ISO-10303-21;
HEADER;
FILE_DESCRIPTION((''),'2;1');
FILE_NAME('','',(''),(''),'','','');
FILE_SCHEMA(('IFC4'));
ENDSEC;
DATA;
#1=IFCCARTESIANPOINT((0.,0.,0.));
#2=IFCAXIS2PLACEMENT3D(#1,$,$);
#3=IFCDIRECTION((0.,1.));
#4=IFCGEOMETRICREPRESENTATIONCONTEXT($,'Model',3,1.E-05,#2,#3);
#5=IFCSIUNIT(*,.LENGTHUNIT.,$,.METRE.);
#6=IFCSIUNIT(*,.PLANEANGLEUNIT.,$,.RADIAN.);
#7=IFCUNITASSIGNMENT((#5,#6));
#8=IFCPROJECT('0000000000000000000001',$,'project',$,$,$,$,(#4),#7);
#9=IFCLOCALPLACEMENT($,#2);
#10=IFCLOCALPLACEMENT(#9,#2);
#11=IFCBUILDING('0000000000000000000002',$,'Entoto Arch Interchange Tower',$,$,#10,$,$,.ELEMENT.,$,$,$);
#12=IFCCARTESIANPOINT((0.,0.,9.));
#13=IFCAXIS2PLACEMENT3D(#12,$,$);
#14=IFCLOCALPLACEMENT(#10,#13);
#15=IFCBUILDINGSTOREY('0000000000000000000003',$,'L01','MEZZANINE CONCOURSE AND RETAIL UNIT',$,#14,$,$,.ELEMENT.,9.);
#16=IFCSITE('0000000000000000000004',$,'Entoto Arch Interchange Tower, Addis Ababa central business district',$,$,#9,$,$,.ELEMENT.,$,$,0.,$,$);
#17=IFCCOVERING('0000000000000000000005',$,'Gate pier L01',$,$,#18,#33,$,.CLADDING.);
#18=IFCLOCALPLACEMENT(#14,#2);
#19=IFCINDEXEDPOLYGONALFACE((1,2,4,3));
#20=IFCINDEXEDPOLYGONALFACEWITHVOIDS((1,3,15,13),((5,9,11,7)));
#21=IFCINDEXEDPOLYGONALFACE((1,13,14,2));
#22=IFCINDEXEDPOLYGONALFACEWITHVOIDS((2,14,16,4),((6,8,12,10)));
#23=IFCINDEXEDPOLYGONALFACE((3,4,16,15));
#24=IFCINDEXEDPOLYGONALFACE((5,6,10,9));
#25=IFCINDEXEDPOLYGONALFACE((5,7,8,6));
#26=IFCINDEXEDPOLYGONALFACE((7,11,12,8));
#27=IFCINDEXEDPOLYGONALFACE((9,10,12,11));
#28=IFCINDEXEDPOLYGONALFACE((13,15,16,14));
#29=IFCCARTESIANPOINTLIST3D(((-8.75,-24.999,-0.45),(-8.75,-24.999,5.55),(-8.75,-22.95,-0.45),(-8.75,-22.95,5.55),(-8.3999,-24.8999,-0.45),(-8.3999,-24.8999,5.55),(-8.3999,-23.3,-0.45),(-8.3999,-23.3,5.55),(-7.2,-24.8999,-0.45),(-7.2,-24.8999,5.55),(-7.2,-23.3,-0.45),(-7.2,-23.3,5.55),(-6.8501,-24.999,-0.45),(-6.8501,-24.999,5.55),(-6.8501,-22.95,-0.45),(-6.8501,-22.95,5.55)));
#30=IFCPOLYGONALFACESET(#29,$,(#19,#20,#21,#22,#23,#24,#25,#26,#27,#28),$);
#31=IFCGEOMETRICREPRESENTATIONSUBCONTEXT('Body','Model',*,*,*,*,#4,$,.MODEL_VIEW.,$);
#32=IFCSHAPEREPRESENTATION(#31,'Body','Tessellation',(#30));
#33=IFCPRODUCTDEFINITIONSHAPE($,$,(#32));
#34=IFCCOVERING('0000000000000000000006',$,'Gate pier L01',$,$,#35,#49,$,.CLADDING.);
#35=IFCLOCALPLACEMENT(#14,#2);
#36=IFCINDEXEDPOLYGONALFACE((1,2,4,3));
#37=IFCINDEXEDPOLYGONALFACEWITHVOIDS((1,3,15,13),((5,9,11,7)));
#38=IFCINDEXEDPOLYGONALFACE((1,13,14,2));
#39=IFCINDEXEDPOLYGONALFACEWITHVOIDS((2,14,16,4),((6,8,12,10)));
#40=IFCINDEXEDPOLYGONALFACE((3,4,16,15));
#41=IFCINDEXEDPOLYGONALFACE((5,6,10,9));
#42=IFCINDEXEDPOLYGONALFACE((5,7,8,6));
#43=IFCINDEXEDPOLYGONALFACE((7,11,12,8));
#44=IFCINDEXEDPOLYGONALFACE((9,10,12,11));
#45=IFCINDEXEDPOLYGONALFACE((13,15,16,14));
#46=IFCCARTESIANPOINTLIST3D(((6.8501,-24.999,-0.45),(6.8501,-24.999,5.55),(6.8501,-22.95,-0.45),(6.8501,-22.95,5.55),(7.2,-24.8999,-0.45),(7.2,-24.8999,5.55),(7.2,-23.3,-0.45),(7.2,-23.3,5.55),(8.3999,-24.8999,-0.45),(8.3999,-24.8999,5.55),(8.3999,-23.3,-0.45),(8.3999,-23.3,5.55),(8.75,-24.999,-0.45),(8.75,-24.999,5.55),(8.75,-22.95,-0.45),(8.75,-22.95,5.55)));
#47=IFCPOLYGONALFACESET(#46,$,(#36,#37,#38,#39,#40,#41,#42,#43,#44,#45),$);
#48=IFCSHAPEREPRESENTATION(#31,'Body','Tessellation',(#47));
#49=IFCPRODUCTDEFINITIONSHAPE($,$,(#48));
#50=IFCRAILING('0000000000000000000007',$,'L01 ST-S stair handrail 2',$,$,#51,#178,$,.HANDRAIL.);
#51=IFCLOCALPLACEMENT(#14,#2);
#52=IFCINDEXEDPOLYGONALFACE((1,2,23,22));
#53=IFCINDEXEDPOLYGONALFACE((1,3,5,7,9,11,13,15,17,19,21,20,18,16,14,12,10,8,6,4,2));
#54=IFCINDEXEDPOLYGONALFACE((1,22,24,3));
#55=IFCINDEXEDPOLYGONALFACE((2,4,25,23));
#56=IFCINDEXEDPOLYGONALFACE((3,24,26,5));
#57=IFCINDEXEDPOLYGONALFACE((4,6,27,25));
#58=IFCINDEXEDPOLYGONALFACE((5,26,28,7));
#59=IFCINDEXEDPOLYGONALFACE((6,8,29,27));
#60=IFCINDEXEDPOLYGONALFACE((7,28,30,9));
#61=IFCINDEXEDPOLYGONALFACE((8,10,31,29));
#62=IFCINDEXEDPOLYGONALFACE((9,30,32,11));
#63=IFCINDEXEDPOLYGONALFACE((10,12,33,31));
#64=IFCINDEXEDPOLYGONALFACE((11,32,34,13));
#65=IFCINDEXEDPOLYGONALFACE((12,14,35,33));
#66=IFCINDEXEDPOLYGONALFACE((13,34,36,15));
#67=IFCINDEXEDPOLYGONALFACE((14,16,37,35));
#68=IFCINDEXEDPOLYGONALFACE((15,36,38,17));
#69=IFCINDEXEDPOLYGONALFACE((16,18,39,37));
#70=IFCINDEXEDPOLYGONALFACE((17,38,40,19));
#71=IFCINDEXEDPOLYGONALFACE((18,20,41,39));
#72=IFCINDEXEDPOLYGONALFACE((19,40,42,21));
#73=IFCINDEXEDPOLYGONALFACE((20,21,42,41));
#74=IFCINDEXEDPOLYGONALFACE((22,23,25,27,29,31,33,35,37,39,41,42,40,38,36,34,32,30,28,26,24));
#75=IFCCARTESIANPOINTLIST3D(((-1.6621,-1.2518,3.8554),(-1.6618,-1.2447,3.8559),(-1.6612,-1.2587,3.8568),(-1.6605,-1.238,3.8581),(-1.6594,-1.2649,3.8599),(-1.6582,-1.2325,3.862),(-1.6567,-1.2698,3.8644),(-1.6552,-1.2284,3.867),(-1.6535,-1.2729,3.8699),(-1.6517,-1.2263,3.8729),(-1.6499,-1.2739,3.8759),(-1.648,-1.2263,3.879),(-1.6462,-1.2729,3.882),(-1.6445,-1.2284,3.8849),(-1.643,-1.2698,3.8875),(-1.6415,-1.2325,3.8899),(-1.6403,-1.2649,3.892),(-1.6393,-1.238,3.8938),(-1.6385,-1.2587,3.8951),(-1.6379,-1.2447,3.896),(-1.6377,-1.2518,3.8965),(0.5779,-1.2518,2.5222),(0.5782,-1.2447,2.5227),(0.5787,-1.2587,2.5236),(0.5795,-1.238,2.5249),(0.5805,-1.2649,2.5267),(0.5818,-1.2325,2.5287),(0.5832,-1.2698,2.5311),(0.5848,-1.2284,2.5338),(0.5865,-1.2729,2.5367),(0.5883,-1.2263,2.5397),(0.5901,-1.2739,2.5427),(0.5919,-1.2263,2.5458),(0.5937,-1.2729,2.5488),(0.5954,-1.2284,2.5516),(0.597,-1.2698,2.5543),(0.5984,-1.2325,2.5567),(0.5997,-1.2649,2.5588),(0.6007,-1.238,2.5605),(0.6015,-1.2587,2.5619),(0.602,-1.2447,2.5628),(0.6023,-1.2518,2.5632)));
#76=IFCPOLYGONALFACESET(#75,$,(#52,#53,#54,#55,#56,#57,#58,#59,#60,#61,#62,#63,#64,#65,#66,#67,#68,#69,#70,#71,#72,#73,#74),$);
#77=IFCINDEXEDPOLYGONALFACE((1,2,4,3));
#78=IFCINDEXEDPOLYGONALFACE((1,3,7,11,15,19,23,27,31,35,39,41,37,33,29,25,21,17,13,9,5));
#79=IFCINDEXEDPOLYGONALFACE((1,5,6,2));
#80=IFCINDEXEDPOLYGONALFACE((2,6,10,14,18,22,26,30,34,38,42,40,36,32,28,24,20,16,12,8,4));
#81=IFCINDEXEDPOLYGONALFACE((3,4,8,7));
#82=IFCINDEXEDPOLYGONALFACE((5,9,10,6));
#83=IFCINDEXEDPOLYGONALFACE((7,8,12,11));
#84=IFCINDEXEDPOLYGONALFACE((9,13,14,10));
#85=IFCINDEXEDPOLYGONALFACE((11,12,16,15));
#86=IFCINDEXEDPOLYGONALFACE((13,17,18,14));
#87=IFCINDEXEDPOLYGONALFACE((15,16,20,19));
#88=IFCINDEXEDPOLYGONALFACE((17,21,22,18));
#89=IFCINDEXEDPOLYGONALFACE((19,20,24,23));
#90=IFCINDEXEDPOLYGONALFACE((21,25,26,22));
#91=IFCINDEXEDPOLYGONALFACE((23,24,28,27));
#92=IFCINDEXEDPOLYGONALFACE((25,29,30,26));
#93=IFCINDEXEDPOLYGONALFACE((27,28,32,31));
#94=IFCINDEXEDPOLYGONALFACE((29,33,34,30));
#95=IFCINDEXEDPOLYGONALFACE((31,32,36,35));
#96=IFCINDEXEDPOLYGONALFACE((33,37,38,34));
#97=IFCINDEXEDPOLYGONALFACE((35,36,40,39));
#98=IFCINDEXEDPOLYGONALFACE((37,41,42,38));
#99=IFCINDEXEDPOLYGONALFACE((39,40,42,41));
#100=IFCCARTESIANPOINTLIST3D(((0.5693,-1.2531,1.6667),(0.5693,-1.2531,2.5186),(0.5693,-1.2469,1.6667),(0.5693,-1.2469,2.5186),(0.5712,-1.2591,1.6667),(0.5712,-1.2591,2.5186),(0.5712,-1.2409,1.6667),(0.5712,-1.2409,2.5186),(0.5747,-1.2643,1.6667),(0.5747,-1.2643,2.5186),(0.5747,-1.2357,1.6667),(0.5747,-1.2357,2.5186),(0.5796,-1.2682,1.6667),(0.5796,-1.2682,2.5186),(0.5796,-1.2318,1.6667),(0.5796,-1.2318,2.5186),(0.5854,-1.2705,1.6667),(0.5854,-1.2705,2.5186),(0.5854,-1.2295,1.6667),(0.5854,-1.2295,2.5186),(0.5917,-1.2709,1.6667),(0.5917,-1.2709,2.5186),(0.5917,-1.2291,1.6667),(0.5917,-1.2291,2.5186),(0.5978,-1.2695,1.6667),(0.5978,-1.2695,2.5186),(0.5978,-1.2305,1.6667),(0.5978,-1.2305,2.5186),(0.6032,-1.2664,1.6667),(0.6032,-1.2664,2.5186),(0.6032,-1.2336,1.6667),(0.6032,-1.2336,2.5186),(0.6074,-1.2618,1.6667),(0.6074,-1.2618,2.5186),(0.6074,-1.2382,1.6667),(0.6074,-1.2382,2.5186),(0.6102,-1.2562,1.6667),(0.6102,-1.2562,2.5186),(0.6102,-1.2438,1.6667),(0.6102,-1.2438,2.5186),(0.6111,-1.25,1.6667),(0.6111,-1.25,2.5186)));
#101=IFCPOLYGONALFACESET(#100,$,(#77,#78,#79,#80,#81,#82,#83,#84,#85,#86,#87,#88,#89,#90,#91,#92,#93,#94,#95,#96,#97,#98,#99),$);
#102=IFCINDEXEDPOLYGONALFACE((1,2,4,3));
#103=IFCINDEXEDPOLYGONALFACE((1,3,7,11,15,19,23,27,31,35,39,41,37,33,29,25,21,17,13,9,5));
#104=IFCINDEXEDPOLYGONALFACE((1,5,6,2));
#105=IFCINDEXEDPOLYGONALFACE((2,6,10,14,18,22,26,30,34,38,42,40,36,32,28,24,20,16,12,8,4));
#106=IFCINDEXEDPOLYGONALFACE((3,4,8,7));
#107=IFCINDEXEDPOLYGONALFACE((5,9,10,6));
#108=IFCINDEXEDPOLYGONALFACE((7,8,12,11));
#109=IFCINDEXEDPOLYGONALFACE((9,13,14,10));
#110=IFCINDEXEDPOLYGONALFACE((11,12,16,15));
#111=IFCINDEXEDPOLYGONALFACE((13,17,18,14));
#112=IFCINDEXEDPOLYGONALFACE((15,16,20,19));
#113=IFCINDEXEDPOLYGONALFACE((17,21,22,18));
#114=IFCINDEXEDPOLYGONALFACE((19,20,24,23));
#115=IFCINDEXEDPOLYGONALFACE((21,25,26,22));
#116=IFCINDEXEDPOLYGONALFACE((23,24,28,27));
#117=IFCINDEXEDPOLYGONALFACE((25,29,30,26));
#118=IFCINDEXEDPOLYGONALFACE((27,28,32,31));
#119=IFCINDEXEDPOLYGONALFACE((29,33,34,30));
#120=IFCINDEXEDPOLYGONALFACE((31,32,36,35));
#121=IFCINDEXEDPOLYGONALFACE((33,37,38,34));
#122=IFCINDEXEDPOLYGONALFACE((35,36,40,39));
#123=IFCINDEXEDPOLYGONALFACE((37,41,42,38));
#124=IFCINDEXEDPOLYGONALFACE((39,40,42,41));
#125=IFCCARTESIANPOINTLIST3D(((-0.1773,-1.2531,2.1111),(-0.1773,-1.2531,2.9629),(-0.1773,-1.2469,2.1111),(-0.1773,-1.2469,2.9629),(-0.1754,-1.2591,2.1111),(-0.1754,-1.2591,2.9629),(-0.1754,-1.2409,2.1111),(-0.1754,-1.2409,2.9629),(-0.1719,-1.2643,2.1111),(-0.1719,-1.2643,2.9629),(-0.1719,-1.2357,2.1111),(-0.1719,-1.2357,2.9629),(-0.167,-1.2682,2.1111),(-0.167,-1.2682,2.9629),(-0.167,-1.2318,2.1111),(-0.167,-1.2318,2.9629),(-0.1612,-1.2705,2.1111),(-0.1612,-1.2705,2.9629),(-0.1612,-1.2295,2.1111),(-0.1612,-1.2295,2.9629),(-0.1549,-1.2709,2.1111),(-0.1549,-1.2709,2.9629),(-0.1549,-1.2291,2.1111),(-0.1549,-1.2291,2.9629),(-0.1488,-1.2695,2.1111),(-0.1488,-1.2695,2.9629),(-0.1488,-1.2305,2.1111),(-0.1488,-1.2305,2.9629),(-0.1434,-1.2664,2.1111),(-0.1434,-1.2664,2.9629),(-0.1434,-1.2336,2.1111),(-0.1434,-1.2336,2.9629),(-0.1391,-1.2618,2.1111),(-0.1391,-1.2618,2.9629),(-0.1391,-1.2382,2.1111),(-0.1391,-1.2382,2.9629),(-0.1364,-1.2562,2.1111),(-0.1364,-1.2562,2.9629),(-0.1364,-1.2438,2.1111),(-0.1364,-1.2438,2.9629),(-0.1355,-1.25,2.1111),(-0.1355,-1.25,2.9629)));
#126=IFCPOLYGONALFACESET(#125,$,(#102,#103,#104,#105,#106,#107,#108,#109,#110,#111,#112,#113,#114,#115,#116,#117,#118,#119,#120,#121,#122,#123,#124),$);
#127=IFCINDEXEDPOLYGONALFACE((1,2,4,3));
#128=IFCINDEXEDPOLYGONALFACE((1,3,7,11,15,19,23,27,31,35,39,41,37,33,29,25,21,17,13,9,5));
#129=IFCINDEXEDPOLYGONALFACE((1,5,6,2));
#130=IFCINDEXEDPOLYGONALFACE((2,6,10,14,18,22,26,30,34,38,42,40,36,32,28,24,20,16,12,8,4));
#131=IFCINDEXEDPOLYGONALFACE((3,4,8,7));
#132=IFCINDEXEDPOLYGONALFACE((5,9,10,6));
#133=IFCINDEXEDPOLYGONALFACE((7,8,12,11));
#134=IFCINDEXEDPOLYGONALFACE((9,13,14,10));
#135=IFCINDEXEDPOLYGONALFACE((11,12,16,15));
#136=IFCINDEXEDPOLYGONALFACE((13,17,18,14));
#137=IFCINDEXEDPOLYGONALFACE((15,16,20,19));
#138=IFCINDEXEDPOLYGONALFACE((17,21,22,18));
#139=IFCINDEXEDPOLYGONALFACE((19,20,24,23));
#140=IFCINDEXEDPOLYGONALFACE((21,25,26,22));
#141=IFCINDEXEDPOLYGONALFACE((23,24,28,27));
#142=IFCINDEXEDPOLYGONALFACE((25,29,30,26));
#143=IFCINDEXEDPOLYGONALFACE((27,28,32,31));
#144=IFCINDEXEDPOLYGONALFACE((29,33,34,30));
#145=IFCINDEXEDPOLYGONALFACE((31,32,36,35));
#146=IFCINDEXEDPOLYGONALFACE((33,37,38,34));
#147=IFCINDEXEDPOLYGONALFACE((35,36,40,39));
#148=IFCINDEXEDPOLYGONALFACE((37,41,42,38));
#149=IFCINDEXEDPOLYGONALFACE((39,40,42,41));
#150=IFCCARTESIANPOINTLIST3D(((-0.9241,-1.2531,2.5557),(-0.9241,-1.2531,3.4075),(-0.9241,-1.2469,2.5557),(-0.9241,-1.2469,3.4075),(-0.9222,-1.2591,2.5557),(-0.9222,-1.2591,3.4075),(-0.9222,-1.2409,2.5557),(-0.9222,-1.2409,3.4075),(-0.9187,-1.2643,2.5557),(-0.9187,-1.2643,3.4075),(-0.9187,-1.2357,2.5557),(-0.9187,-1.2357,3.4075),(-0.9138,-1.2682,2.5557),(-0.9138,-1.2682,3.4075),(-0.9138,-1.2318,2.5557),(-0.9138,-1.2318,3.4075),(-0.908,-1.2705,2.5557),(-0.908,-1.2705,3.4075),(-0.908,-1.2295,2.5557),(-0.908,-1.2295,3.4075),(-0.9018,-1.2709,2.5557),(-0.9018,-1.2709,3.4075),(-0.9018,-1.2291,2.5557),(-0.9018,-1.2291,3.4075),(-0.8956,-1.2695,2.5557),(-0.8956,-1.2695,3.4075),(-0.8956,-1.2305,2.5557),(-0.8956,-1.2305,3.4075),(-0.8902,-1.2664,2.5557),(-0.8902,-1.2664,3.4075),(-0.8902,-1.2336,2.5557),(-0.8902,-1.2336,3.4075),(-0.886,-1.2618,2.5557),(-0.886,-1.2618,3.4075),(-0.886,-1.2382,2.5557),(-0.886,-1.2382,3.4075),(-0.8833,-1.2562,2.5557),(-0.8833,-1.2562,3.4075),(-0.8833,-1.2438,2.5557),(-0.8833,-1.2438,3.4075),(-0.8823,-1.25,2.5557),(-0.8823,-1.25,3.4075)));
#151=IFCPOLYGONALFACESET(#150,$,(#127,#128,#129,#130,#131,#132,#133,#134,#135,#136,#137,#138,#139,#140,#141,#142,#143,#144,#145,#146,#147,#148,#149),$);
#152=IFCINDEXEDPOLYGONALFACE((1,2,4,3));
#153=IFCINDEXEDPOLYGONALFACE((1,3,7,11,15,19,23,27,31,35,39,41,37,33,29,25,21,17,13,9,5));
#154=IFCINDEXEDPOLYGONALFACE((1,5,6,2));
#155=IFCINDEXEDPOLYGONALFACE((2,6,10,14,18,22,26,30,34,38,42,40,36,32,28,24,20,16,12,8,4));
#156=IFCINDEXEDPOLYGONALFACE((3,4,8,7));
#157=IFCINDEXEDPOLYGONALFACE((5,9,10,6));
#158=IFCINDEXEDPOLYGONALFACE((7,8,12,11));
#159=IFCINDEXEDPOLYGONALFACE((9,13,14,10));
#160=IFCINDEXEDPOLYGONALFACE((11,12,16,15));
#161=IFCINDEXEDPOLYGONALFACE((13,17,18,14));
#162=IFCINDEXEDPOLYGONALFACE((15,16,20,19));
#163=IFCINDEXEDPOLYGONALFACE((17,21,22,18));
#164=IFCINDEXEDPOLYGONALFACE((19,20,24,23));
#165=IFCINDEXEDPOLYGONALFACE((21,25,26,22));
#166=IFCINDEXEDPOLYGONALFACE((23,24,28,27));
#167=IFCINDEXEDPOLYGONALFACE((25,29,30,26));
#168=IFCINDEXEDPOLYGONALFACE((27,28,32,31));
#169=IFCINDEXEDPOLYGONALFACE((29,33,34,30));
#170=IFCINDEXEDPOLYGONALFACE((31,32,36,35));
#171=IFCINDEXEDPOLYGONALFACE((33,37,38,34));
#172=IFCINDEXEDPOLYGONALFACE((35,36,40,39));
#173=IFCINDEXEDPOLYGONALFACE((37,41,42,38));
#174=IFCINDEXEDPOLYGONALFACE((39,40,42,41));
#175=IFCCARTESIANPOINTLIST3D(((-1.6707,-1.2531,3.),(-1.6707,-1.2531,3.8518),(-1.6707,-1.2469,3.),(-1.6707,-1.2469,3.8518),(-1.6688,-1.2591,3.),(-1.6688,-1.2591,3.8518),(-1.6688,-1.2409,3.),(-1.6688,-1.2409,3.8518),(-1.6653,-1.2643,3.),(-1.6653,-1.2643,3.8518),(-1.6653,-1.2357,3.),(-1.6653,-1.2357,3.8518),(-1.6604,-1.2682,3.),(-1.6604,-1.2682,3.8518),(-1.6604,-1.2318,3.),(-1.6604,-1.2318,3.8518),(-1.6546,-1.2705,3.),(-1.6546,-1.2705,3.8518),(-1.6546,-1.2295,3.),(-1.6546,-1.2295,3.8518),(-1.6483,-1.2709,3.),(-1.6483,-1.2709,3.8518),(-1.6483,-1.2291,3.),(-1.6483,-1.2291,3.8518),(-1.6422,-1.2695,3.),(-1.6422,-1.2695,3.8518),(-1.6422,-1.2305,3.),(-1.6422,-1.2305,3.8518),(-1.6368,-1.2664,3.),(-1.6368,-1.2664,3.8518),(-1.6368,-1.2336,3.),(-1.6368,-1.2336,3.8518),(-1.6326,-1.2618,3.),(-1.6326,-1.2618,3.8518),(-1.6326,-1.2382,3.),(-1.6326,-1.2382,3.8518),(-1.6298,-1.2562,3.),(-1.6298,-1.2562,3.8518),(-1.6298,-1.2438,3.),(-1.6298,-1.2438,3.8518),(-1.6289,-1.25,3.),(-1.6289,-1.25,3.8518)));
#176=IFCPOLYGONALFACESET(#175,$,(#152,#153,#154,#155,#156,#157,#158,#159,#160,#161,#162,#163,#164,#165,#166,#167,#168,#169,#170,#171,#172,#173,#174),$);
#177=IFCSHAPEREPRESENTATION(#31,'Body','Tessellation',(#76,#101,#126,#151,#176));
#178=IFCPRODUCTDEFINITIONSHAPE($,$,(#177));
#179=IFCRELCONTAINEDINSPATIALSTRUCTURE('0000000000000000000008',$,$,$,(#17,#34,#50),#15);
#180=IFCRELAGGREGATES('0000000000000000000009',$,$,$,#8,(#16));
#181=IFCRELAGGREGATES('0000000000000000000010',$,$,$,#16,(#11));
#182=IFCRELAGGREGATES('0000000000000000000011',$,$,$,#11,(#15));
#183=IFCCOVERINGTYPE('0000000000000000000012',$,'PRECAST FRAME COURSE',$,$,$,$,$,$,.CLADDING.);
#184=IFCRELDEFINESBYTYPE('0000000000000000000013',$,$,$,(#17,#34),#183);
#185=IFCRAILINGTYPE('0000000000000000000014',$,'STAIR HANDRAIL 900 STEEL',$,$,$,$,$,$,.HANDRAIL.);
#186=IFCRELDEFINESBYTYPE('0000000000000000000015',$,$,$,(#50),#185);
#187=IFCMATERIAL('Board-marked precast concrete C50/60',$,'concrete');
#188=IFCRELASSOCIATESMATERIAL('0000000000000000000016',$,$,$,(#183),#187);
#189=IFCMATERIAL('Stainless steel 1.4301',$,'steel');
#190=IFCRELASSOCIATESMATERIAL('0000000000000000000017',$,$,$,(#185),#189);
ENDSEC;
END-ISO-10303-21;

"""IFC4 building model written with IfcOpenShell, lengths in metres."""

from ifc_helpers import new_model, si_unit, direction, frame, origin, origin_2d, place, context, subcontext, project, spatial, polyline, circle, outline, extrude, material, type_object, element, save


model = new_model("IFC4")

# Units and contexts
model_context = context("Model", 3, precision=1e-05, world=origin(), true_north=direction((0.0, 1.0)))
body_context = subcontext(model_context, "Body", "Model", "MODEL_VIEW")
ifc_project = project(units=[si_unit("LENGTHUNIT", "METRE"), si_unit("PLANEANGLEUNIT", "RADIAN")], contexts=[model_context])

# Site, building, storey
site_placement = place(None, origin())
site = spatial("IfcSite", under=ifc_project, at=site_placement, Name="Entoto Arch Interchange Tower, Addis Ababa central business district", CompositionType="ELEMENT", RefElevation=0.0)
building_placement = place(site_placement, origin())
building = spatial("IfcBuilding", under=site, at=building_placement, Name="Entoto Arch Interchange Tower", CompositionType="ELEMENT")
storey_placement = place(building_placement, frame((0.0, 0.0, 9.0)))
storey = spatial("IfcBuildingStorey", under=building, at=storey_placement, Name="L01", Description="MEZZANINE CONCOURSE AND RETAIL UNIT", CompositionType="ELEMENT", Elevation=9.0)

# Coverings
ifc_material_1 = material(Name="Board-marked precast concrete C50/60", Category="concrete")
covering_type = type_object("IfcCoveringType", Name="PRECAST FRAME COURSE", PredefinedType="CLADDING", material=ifc_material_1)
covering_1_placement = place(storey_placement, frame((0.0, 0.0, -0.45)))
element("IfcCovering", 1, at=covering_1_placement, inside=storey, type_object=covering_type, Name="Gate pier L01", PredefinedType="CLADDING", context=body_context, shape_type="SweptSolid", body=[
    extrude(outline(polyline([(-8.75, -22.95), (-6.8501, -22.95), (-6.8501, -24.999), (-8.75, -24.999), (-8.75, -22.95)]), holes=[polyline([(-8.3999, -23.3), (-8.3999, -24.8999), (-7.2, -24.8999), (-7.2, -23.3), (-8.3999, -23.3)])]), origin(), (0.0, 0.0, 1.0), 6.0),
])
covering_2_placement = place(storey_placement, frame((0.0, 0.0, -0.45)))
element("IfcCovering", 2, at=covering_2_placement, inside=storey, type_object=covering_type, Name="Gate pier L01", PredefinedType="CLADDING", context=body_context, shape_type="SweptSolid", body=[
    extrude(outline(polyline([(6.8501, -22.95), (8.75, -22.95), (8.75, -24.999), (6.8501, -24.999), (6.8501, -22.95)]), holes=[polyline([(7.2, -23.3), (7.2, -24.8999), (8.3999, -24.8999), (8.3999, -23.3), (7.2, -23.3)])]), origin(), (0.0, 0.0, 1.0), 6.0),
])

# Railing
ifc_material_2 = material(Name="Stainless steel 1.4301", Category="steel")
railing_type = type_object("IfcRailingType", Name="STAIR HANDRAIL 900 STEEL", PredefinedType="HANDRAIL", material=ifc_material_2)
for number, where, name in (
    (3, (0.5901, -1.25, 1.6667), "L01 ST-S stair handrail 2"),
):
    element("IfcRailing", number, at=place(storey_placement, frame(where)), inside=storey, type_object=railing_type, Name=name, PredefinedType="HANDRAIL", context=body_context, shape_type="SweptSolid", body=[
        extrude(circle(Radius=0.0239, at=origin_2d()), frame((0.0, 0.0, 0.876), z_axis=(-0.859306, 0.0, 0.511462), x_axis=(0.0, -1.0, 0.0)), (0.0, 0.0, 1.0), 2.6067),
        extrude(circle(Radius=0.021, at=origin_2d()), origin(), (0.0, 0.0, 1.0), 0.8518),
        extrude(circle(Radius=0.021, at=origin_2d()), frame((-0.7466, 0.0, 0.4443)), (0.0, 0.0, 1.0), 0.8518),
        extrude(circle(Radius=0.021, at=origin_2d()), frame((-1.4934, 0.0, 0.8889)), (0.0, 0.0, 1.0), 0.8518),
        extrude(circle(Radius=0.021, at=origin_2d()), frame((-2.24, 0.0, 1.3333)), (0.0, 0.0, 1.0), 0.8518),
    ])

save(model, "model.ifc")
